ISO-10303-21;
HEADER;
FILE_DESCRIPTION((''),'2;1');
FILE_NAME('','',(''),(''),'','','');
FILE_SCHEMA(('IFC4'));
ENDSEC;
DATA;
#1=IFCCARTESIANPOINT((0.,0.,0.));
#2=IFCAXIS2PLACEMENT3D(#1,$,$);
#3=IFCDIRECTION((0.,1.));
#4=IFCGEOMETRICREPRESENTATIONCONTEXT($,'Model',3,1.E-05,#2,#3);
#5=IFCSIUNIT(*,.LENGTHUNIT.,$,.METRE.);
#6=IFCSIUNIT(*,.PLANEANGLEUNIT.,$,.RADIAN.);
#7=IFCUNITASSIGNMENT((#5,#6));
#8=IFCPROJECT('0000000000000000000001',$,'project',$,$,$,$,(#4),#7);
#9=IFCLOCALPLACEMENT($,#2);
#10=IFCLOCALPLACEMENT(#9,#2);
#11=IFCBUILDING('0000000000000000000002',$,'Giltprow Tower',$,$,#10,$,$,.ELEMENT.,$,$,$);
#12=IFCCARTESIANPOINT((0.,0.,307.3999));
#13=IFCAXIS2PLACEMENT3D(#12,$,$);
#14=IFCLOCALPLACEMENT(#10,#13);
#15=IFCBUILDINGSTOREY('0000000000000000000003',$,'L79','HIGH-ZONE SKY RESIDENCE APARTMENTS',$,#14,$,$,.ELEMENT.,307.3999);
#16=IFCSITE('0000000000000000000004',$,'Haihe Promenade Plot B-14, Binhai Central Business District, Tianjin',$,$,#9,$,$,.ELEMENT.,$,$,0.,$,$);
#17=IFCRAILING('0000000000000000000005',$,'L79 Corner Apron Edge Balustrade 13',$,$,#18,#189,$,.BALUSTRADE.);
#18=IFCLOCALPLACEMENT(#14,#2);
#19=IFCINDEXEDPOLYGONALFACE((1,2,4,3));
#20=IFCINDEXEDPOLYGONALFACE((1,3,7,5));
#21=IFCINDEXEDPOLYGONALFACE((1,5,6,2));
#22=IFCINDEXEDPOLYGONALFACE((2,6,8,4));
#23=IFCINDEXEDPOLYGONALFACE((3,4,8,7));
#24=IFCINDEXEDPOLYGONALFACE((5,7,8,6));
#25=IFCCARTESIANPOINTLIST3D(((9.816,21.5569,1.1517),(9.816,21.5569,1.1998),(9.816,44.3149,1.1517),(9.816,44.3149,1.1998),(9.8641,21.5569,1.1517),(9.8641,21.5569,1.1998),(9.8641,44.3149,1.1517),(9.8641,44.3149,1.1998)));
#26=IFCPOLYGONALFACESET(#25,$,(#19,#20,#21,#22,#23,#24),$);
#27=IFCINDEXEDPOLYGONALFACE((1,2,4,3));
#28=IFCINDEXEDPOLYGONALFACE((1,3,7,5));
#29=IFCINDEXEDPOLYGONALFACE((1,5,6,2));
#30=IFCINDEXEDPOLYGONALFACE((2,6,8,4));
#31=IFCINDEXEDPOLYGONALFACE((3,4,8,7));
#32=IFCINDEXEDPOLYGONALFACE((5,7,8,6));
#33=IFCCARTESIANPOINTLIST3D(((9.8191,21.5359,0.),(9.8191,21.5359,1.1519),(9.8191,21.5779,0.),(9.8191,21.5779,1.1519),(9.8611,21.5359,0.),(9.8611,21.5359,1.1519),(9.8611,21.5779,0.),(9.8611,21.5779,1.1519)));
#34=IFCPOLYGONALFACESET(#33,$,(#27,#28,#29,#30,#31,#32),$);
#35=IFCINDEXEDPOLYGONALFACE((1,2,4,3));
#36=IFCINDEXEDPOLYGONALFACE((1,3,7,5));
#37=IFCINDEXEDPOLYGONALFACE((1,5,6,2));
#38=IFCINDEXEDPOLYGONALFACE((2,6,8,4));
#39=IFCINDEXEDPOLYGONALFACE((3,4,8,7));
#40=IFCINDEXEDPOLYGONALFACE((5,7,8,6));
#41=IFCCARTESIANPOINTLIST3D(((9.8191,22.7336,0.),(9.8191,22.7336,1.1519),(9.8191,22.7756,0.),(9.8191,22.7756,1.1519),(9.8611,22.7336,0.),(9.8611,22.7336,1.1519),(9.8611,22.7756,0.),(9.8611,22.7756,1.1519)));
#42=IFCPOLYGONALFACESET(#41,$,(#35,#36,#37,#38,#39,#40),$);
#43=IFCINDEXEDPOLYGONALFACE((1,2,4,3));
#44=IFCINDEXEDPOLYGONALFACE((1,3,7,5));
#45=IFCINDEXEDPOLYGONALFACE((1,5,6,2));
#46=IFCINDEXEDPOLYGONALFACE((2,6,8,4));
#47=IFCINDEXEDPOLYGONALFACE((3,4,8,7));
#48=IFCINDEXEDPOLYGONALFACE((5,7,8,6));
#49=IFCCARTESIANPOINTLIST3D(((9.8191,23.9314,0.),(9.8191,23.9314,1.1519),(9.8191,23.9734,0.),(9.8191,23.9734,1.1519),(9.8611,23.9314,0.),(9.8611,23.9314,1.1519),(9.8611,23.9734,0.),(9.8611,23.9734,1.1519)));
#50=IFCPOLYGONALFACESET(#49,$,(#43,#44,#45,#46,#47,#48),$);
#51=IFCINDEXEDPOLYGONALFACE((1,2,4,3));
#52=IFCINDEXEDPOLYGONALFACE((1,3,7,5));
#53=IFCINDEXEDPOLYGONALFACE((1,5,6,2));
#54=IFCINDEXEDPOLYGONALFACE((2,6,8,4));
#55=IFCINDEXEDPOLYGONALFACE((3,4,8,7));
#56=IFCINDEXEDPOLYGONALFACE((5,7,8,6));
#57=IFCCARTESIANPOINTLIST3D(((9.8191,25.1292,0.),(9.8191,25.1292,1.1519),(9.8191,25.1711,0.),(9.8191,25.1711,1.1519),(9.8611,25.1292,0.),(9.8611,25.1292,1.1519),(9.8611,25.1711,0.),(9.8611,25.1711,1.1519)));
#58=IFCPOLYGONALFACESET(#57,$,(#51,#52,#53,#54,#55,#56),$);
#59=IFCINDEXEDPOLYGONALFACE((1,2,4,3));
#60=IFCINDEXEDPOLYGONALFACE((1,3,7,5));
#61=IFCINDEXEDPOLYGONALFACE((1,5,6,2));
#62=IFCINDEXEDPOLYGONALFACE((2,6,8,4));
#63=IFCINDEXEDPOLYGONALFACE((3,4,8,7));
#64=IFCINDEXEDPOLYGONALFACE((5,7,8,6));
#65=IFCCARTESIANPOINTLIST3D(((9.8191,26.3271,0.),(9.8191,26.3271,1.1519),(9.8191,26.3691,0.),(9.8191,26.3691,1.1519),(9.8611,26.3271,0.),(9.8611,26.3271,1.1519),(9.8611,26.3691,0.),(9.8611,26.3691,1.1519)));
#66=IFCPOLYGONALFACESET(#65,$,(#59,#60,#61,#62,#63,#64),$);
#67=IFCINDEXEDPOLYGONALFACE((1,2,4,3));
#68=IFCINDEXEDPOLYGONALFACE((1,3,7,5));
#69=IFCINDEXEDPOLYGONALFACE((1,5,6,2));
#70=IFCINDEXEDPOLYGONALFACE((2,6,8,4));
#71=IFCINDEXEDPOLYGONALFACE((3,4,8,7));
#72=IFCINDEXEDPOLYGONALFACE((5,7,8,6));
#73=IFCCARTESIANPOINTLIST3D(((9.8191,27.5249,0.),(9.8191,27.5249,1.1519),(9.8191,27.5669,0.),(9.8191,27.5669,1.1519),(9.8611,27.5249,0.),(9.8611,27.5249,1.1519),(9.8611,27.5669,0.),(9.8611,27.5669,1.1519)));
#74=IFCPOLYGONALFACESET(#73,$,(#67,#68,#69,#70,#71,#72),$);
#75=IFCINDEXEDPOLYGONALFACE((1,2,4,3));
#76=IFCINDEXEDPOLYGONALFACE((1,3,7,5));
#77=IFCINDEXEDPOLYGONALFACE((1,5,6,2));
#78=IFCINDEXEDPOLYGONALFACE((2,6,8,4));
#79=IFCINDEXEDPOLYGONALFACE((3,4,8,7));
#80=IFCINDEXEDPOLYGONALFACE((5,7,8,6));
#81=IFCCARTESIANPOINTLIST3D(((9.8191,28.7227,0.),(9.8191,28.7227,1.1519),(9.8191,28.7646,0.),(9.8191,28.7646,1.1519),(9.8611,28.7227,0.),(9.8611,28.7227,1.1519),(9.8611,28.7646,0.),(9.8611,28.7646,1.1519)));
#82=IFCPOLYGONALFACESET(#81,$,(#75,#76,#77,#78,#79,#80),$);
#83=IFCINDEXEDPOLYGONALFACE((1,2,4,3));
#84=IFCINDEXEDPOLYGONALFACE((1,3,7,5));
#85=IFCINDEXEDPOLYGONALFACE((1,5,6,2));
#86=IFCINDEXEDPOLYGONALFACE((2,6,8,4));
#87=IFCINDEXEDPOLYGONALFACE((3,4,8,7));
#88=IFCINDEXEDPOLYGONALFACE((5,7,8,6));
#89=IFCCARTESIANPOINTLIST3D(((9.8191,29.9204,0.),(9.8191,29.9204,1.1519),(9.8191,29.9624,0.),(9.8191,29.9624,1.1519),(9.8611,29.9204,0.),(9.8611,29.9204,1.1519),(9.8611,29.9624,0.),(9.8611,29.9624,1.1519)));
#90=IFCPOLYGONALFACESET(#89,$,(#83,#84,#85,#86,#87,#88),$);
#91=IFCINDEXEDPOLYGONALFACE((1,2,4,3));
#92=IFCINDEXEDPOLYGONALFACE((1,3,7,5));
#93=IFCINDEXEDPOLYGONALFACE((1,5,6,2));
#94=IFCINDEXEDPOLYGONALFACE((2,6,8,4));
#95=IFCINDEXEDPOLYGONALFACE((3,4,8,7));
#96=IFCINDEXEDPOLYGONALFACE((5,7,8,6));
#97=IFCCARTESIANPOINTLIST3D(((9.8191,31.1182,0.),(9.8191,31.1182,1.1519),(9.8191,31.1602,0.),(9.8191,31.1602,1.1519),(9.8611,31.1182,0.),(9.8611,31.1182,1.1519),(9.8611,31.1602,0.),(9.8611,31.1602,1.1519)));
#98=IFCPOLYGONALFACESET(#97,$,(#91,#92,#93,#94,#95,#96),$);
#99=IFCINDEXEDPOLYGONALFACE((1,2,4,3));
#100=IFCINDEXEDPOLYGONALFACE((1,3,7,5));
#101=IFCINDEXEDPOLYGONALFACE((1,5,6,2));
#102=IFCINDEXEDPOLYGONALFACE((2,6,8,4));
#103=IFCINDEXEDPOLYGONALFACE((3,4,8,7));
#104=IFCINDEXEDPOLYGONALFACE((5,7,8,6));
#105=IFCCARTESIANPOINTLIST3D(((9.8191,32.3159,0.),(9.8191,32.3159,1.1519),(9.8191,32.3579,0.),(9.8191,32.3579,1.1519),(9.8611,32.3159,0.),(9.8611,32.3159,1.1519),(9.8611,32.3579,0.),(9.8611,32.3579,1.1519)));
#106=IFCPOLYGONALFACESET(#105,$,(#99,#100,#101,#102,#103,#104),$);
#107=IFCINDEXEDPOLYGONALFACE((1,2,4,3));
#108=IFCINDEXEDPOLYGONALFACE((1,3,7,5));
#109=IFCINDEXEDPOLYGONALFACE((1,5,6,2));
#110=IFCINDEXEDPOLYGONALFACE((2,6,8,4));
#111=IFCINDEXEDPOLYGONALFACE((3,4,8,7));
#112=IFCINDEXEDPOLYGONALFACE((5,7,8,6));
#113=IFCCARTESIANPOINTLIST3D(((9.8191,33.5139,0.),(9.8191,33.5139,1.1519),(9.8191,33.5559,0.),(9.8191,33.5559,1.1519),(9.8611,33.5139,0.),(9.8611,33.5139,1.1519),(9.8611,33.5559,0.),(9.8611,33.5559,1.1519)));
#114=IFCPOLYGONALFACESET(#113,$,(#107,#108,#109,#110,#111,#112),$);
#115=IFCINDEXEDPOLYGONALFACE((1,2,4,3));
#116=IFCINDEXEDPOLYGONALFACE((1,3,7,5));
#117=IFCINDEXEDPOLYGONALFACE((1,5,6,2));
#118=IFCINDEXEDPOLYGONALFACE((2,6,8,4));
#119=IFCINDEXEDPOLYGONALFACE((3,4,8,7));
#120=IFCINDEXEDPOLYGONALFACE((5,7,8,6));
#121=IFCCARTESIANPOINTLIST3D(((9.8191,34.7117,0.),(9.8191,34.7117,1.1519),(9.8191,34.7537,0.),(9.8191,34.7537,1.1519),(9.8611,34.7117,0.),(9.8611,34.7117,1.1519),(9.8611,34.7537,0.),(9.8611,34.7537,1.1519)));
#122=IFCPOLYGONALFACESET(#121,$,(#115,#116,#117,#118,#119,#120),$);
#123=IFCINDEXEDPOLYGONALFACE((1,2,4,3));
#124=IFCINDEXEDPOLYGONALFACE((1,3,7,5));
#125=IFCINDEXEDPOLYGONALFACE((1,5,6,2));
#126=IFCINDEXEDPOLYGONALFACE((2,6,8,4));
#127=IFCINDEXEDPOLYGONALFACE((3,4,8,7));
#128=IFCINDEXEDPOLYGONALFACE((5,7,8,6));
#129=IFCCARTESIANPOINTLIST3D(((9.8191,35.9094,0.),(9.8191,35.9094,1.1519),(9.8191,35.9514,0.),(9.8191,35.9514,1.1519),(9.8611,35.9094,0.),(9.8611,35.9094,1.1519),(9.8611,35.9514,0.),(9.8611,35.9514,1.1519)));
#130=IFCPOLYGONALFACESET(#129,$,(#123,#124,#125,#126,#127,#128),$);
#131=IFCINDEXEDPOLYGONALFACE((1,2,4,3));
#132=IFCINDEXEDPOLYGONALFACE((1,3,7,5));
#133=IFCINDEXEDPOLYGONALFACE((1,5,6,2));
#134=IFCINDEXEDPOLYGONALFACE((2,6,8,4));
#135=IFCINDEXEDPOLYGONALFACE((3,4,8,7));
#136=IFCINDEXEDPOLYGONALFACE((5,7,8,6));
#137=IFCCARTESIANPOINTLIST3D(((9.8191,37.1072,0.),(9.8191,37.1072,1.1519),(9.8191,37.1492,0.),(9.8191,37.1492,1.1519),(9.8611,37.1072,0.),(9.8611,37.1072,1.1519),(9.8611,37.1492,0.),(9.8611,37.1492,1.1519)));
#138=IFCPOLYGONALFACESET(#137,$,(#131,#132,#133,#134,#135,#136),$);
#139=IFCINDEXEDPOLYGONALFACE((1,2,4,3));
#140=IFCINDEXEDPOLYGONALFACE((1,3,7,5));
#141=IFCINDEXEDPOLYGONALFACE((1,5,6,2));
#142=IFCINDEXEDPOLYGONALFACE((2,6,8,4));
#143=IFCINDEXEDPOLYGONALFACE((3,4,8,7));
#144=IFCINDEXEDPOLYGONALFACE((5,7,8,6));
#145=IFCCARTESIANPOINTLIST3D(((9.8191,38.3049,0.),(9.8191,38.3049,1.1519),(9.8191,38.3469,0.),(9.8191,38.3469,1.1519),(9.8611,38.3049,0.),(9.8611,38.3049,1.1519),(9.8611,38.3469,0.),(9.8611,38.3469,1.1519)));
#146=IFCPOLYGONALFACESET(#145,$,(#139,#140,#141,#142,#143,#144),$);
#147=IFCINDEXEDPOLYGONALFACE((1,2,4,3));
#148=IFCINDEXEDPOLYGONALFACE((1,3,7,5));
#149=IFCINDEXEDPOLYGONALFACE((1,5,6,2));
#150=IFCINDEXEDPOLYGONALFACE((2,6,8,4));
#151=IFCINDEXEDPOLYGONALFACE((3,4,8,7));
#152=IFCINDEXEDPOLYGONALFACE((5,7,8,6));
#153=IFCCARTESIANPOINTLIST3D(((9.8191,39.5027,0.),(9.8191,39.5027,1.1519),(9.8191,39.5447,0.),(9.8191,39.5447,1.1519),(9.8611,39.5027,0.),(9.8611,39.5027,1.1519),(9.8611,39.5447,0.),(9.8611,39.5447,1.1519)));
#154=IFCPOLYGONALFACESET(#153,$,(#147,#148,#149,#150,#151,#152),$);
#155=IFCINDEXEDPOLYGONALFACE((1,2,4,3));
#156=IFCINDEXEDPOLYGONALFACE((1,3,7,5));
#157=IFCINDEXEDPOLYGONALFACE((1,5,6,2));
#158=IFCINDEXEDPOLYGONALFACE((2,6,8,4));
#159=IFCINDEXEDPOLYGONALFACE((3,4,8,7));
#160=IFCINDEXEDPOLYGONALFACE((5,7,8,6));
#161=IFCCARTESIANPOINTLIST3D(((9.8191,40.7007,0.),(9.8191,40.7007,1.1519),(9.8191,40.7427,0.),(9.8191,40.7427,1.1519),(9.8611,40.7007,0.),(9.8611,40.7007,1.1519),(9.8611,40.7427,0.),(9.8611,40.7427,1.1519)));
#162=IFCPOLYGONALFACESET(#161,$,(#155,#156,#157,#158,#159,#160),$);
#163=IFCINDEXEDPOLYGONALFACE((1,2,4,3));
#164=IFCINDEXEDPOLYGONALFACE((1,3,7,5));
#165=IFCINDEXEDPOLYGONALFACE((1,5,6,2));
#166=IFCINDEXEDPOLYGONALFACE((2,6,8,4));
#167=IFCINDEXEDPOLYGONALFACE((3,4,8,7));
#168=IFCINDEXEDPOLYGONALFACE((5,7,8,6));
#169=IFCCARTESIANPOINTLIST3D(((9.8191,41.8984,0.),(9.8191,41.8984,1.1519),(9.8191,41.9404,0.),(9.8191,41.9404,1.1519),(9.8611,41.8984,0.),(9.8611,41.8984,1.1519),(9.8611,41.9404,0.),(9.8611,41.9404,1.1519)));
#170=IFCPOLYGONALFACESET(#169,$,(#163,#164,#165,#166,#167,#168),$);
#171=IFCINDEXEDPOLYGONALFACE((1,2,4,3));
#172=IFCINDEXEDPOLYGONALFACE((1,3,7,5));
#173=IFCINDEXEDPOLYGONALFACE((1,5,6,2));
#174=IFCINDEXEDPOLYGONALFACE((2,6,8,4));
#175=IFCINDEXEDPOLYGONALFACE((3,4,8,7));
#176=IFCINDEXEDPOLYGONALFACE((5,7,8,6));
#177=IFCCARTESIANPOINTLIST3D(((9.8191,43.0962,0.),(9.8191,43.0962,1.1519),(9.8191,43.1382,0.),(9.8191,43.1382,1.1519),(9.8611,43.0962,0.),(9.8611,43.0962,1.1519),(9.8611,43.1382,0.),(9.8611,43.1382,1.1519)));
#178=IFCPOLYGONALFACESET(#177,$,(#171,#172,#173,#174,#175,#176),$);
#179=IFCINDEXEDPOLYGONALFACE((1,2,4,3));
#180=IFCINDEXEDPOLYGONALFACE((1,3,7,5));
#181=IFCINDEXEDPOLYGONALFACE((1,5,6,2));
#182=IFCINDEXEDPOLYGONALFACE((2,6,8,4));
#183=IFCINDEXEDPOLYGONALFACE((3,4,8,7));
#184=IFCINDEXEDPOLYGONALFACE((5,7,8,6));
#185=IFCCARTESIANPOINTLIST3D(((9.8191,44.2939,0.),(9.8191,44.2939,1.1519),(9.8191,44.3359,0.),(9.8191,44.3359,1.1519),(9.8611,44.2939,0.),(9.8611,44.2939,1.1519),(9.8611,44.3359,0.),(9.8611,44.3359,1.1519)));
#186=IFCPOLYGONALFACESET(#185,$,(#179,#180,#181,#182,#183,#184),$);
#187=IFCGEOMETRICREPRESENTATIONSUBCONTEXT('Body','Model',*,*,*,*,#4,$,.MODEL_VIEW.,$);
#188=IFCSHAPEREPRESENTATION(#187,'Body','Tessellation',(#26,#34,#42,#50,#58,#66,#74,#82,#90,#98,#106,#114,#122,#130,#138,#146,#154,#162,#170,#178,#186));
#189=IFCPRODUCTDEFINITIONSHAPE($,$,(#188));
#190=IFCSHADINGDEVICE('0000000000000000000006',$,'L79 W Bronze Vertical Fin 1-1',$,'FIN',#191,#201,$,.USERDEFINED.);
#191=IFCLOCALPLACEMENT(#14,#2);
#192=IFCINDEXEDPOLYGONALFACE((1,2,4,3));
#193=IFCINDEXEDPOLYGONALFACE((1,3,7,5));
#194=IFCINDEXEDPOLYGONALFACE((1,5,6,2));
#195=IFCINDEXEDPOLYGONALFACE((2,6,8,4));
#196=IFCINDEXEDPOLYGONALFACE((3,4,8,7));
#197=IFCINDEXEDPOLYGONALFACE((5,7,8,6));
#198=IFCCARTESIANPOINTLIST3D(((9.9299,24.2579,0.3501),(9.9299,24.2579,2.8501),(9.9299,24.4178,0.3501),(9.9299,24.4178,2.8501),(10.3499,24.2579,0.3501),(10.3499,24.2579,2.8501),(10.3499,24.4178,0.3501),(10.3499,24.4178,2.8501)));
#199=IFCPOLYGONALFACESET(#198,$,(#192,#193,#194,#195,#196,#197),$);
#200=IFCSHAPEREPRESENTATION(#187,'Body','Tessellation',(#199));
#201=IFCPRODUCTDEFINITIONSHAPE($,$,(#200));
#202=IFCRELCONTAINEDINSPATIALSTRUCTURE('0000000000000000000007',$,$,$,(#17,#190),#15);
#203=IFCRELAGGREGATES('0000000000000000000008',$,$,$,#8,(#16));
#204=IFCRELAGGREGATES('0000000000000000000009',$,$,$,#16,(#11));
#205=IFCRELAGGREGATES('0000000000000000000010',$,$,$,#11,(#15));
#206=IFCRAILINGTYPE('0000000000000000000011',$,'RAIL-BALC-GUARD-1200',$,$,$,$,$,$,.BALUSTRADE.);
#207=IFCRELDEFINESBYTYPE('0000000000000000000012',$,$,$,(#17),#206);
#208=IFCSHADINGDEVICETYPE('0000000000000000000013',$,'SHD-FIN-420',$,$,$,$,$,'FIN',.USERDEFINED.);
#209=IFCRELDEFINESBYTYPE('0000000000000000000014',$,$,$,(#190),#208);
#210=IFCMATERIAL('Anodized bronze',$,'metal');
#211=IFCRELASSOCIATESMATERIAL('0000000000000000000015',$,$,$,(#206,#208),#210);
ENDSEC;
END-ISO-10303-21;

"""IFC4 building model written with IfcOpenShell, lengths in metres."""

from ifc_helpers import new_model, si_unit, direction, frame, origin, origin_2d, place, context, subcontext, project, spatial, rectangle, extrude, source, transform, mapped, material, type_object, element, save


model = new_model("IFC4")

# Units and contexts
model_context = context("Model", 3, precision=1e-05, world=origin(), true_north=direction((0.0, 1.0)))
body_context = subcontext(model_context, "Body", "Model", "MODEL_VIEW")
ifc_project = project(units=[si_unit("LENGTHUNIT", "METRE"), si_unit("PLANEANGLEUNIT", "RADIAN")], contexts=[model_context])

# Site, building, storey
site_placement = place(None, origin())
site = spatial("IfcSite", under=ifc_project, at=site_placement, Name="Haihe Promenade Plot B-14, Binhai Central Business District, Tianjin", CompositionType="ELEMENT", RefElevation=0.0)
building_placement = place(site_placement, origin())
building = spatial("IfcBuilding", under=site, at=building_placement, Name="Giltprow Tower", CompositionType="ELEMENT")
storey_placement = place(building_placement, frame((0.0, 0.0, 307.3999)))
storey = spatial("IfcBuildingStorey", under=building, at=storey_placement, Name="L79", Description="HIGH-ZONE SKY RESIDENCE APARTMENTS", CompositionType="ELEMENT", Elevation=307.3999)

# Railing
ifc_material_1 = material(Name="Anodized bronze", Category="metal")
railing_type = type_object("IfcRailingType", Name="RAIL-BALC-GUARD-1200", PredefinedType="BALUSTRADE", material=ifc_material_1)
railing_1_placement = place(storey_placement, frame((9.8401, 21.5569, 0.0)))
element("IfcRailing", 1, at=railing_1_placement, inside=storey, type_object=railing_type, Name="L79 Corner Apron Edge Balustrade 13", PredefinedType="BALUSTRADE", context=body_context, shape_type="SweptSolid", body=[
    extrude(rectangle(XDim=0.0481, YDim=0.0481, at=origin_2d()), frame((0.0, 0.0, 1.1758), z_axis=(0.0, 1.0, 0.0), x_axis=(-1.0, 0.0, 0.0)), (0.0, 0.0, 1.0), 22.7581),
    extrude(rectangle(XDim=0.042, YDim=0.042, at=origin_2d()), origin(), (0.0, 0.0, 1.0), 1.1519),
    extrude(rectangle(XDim=0.042, YDim=0.042, at=origin_2d()), frame((0.0, 1.1978, 0.0)), (0.0, 0.0, 1.0), 1.1519),
    extrude(rectangle(XDim=0.042, YDim=0.042, at=origin_2d()), frame((0.0, 2.3955, 0.0)), (0.0, 0.0, 1.0), 1.1519),
    extrude(rectangle(XDim=0.042, YDim=0.042, at=origin_2d()), frame((0.0, 3.5933, 0.0)), (0.0, 0.0, 1.0), 1.1519),
    extrude(rectangle(XDim=0.042, YDim=0.042, at=origin_2d()), frame((0.0, 4.7913, 0.0)), (0.0, 0.0, 1.0), 1.1519),
    extrude(rectangle(XDim=0.042, YDim=0.042, at=origin_2d()), frame((0.0, 5.989, 0.0)), (0.0, 0.0, 1.0), 1.1519),
    extrude(rectangle(XDim=0.042, YDim=0.042, at=origin_2d()), frame((0.0, 7.1868, 0.0)), (0.0, 0.0, 1.0), 1.1519),
    extrude(rectangle(XDim=0.042, YDim=0.042, at=origin_2d()), frame((0.0, 8.3845, 0.0)), (0.0, 0.0, 1.0), 1.1519),
    extrude(rectangle(XDim=0.042, YDim=0.042, at=origin_2d()), frame((0.0, 9.5823, 0.0)), (0.0, 0.0, 1.0), 1.1519),
    extrude(rectangle(XDim=0.042, YDim=0.042, at=origin_2d()), frame((0.0, 10.78, 0.0)), (0.0, 0.0, 1.0), 1.1519),
    extrude(rectangle(XDim=0.042, YDim=0.042, at=origin_2d()), frame((0.0, 11.978, 0.0)), (0.0, 0.0, 1.0), 1.1519),
    extrude(rectangle(XDim=0.042, YDim=0.042, at=origin_2d()), frame((0.0, 13.1758, 0.0)), (0.0, 0.0, 1.0), 1.1519),
    extrude(rectangle(XDim=0.042, YDim=0.042, at=origin_2d()), frame((0.0, 14.3735, 0.0)), (0.0, 0.0, 1.0), 1.1519),
    extrude(rectangle(XDim=0.042, YDim=0.042, at=origin_2d()), frame((0.0, 15.5713, 0.0)), (0.0, 0.0, 1.0), 1.1519),
    extrude(rectangle(XDim=0.042, YDim=0.042, at=origin_2d()), frame((0.0, 16.769, 0.0)), (0.0, 0.0, 1.0), 1.1519),
    extrude(rectangle(XDim=0.042, YDim=0.042, at=origin_2d()), frame((0.0, 17.9668, 0.0)), (0.0, 0.0, 1.0), 1.1519),
    extrude(rectangle(XDim=0.042, YDim=0.042, at=origin_2d()), frame((0.0, 19.1648, 0.0)), (0.0, 0.0, 1.0), 1.1519),
    extrude(rectangle(XDim=0.042, YDim=0.042, at=origin_2d()), frame((0.0, 20.3625, 0.0)), (0.0, 0.0, 1.0), 1.1519),
    extrude(rectangle(XDim=0.042, YDim=0.042, at=origin_2d()), frame((0.0, 21.5603, 0.0)), (0.0, 0.0, 1.0), 1.1519),
    extrude(rectangle(XDim=0.042, YDim=0.042, at=origin_2d()), frame((0.0, 22.7581, 0.0)), (0.0, 0.0, 1.0), 1.1519),
])

# Shading device
shading_device_type = type_object("IfcShadingDeviceType", Name="SHD-FIN-420", ElementType="FIN", PredefinedType="USERDEFINED", material=ifc_material_1)
shared_shape_1 = source(origin(), body_context, "Body", "SweptSolid", [
    extrude(rectangle(XDim=0.4199, YDim=0.1599, at=origin_2d()), origin(), (0.0, 0.0, 1.0), 2.5),
])
shading_device_placement = place(storey_placement, frame((10.1399, 24.3379, 0.3501), z_axis=(0.0, 0.0, 1.0), x_axis=(1.0, 0.0, 0.0)))
element("IfcShadingDevice", 2, at=shading_device_placement, inside=storey, type_object=shading_device_type, Name="L79 W Bronze Vertical Fin 1-1", ObjectType="FIN", PredefinedType="USERDEFINED", context=body_context, shape_type="MappedRepresentation", body=[
    mapped(shared_shape_1, transform((0.0, 0.0, 0.0), x_axis=(1.0, 0.0, 0.0), y_axis=(0.0, 1.0, 0.0), z_axis=(0.0, 0.0, 1.0), scale=1.0)),
])

save(model, "model.ifc")
